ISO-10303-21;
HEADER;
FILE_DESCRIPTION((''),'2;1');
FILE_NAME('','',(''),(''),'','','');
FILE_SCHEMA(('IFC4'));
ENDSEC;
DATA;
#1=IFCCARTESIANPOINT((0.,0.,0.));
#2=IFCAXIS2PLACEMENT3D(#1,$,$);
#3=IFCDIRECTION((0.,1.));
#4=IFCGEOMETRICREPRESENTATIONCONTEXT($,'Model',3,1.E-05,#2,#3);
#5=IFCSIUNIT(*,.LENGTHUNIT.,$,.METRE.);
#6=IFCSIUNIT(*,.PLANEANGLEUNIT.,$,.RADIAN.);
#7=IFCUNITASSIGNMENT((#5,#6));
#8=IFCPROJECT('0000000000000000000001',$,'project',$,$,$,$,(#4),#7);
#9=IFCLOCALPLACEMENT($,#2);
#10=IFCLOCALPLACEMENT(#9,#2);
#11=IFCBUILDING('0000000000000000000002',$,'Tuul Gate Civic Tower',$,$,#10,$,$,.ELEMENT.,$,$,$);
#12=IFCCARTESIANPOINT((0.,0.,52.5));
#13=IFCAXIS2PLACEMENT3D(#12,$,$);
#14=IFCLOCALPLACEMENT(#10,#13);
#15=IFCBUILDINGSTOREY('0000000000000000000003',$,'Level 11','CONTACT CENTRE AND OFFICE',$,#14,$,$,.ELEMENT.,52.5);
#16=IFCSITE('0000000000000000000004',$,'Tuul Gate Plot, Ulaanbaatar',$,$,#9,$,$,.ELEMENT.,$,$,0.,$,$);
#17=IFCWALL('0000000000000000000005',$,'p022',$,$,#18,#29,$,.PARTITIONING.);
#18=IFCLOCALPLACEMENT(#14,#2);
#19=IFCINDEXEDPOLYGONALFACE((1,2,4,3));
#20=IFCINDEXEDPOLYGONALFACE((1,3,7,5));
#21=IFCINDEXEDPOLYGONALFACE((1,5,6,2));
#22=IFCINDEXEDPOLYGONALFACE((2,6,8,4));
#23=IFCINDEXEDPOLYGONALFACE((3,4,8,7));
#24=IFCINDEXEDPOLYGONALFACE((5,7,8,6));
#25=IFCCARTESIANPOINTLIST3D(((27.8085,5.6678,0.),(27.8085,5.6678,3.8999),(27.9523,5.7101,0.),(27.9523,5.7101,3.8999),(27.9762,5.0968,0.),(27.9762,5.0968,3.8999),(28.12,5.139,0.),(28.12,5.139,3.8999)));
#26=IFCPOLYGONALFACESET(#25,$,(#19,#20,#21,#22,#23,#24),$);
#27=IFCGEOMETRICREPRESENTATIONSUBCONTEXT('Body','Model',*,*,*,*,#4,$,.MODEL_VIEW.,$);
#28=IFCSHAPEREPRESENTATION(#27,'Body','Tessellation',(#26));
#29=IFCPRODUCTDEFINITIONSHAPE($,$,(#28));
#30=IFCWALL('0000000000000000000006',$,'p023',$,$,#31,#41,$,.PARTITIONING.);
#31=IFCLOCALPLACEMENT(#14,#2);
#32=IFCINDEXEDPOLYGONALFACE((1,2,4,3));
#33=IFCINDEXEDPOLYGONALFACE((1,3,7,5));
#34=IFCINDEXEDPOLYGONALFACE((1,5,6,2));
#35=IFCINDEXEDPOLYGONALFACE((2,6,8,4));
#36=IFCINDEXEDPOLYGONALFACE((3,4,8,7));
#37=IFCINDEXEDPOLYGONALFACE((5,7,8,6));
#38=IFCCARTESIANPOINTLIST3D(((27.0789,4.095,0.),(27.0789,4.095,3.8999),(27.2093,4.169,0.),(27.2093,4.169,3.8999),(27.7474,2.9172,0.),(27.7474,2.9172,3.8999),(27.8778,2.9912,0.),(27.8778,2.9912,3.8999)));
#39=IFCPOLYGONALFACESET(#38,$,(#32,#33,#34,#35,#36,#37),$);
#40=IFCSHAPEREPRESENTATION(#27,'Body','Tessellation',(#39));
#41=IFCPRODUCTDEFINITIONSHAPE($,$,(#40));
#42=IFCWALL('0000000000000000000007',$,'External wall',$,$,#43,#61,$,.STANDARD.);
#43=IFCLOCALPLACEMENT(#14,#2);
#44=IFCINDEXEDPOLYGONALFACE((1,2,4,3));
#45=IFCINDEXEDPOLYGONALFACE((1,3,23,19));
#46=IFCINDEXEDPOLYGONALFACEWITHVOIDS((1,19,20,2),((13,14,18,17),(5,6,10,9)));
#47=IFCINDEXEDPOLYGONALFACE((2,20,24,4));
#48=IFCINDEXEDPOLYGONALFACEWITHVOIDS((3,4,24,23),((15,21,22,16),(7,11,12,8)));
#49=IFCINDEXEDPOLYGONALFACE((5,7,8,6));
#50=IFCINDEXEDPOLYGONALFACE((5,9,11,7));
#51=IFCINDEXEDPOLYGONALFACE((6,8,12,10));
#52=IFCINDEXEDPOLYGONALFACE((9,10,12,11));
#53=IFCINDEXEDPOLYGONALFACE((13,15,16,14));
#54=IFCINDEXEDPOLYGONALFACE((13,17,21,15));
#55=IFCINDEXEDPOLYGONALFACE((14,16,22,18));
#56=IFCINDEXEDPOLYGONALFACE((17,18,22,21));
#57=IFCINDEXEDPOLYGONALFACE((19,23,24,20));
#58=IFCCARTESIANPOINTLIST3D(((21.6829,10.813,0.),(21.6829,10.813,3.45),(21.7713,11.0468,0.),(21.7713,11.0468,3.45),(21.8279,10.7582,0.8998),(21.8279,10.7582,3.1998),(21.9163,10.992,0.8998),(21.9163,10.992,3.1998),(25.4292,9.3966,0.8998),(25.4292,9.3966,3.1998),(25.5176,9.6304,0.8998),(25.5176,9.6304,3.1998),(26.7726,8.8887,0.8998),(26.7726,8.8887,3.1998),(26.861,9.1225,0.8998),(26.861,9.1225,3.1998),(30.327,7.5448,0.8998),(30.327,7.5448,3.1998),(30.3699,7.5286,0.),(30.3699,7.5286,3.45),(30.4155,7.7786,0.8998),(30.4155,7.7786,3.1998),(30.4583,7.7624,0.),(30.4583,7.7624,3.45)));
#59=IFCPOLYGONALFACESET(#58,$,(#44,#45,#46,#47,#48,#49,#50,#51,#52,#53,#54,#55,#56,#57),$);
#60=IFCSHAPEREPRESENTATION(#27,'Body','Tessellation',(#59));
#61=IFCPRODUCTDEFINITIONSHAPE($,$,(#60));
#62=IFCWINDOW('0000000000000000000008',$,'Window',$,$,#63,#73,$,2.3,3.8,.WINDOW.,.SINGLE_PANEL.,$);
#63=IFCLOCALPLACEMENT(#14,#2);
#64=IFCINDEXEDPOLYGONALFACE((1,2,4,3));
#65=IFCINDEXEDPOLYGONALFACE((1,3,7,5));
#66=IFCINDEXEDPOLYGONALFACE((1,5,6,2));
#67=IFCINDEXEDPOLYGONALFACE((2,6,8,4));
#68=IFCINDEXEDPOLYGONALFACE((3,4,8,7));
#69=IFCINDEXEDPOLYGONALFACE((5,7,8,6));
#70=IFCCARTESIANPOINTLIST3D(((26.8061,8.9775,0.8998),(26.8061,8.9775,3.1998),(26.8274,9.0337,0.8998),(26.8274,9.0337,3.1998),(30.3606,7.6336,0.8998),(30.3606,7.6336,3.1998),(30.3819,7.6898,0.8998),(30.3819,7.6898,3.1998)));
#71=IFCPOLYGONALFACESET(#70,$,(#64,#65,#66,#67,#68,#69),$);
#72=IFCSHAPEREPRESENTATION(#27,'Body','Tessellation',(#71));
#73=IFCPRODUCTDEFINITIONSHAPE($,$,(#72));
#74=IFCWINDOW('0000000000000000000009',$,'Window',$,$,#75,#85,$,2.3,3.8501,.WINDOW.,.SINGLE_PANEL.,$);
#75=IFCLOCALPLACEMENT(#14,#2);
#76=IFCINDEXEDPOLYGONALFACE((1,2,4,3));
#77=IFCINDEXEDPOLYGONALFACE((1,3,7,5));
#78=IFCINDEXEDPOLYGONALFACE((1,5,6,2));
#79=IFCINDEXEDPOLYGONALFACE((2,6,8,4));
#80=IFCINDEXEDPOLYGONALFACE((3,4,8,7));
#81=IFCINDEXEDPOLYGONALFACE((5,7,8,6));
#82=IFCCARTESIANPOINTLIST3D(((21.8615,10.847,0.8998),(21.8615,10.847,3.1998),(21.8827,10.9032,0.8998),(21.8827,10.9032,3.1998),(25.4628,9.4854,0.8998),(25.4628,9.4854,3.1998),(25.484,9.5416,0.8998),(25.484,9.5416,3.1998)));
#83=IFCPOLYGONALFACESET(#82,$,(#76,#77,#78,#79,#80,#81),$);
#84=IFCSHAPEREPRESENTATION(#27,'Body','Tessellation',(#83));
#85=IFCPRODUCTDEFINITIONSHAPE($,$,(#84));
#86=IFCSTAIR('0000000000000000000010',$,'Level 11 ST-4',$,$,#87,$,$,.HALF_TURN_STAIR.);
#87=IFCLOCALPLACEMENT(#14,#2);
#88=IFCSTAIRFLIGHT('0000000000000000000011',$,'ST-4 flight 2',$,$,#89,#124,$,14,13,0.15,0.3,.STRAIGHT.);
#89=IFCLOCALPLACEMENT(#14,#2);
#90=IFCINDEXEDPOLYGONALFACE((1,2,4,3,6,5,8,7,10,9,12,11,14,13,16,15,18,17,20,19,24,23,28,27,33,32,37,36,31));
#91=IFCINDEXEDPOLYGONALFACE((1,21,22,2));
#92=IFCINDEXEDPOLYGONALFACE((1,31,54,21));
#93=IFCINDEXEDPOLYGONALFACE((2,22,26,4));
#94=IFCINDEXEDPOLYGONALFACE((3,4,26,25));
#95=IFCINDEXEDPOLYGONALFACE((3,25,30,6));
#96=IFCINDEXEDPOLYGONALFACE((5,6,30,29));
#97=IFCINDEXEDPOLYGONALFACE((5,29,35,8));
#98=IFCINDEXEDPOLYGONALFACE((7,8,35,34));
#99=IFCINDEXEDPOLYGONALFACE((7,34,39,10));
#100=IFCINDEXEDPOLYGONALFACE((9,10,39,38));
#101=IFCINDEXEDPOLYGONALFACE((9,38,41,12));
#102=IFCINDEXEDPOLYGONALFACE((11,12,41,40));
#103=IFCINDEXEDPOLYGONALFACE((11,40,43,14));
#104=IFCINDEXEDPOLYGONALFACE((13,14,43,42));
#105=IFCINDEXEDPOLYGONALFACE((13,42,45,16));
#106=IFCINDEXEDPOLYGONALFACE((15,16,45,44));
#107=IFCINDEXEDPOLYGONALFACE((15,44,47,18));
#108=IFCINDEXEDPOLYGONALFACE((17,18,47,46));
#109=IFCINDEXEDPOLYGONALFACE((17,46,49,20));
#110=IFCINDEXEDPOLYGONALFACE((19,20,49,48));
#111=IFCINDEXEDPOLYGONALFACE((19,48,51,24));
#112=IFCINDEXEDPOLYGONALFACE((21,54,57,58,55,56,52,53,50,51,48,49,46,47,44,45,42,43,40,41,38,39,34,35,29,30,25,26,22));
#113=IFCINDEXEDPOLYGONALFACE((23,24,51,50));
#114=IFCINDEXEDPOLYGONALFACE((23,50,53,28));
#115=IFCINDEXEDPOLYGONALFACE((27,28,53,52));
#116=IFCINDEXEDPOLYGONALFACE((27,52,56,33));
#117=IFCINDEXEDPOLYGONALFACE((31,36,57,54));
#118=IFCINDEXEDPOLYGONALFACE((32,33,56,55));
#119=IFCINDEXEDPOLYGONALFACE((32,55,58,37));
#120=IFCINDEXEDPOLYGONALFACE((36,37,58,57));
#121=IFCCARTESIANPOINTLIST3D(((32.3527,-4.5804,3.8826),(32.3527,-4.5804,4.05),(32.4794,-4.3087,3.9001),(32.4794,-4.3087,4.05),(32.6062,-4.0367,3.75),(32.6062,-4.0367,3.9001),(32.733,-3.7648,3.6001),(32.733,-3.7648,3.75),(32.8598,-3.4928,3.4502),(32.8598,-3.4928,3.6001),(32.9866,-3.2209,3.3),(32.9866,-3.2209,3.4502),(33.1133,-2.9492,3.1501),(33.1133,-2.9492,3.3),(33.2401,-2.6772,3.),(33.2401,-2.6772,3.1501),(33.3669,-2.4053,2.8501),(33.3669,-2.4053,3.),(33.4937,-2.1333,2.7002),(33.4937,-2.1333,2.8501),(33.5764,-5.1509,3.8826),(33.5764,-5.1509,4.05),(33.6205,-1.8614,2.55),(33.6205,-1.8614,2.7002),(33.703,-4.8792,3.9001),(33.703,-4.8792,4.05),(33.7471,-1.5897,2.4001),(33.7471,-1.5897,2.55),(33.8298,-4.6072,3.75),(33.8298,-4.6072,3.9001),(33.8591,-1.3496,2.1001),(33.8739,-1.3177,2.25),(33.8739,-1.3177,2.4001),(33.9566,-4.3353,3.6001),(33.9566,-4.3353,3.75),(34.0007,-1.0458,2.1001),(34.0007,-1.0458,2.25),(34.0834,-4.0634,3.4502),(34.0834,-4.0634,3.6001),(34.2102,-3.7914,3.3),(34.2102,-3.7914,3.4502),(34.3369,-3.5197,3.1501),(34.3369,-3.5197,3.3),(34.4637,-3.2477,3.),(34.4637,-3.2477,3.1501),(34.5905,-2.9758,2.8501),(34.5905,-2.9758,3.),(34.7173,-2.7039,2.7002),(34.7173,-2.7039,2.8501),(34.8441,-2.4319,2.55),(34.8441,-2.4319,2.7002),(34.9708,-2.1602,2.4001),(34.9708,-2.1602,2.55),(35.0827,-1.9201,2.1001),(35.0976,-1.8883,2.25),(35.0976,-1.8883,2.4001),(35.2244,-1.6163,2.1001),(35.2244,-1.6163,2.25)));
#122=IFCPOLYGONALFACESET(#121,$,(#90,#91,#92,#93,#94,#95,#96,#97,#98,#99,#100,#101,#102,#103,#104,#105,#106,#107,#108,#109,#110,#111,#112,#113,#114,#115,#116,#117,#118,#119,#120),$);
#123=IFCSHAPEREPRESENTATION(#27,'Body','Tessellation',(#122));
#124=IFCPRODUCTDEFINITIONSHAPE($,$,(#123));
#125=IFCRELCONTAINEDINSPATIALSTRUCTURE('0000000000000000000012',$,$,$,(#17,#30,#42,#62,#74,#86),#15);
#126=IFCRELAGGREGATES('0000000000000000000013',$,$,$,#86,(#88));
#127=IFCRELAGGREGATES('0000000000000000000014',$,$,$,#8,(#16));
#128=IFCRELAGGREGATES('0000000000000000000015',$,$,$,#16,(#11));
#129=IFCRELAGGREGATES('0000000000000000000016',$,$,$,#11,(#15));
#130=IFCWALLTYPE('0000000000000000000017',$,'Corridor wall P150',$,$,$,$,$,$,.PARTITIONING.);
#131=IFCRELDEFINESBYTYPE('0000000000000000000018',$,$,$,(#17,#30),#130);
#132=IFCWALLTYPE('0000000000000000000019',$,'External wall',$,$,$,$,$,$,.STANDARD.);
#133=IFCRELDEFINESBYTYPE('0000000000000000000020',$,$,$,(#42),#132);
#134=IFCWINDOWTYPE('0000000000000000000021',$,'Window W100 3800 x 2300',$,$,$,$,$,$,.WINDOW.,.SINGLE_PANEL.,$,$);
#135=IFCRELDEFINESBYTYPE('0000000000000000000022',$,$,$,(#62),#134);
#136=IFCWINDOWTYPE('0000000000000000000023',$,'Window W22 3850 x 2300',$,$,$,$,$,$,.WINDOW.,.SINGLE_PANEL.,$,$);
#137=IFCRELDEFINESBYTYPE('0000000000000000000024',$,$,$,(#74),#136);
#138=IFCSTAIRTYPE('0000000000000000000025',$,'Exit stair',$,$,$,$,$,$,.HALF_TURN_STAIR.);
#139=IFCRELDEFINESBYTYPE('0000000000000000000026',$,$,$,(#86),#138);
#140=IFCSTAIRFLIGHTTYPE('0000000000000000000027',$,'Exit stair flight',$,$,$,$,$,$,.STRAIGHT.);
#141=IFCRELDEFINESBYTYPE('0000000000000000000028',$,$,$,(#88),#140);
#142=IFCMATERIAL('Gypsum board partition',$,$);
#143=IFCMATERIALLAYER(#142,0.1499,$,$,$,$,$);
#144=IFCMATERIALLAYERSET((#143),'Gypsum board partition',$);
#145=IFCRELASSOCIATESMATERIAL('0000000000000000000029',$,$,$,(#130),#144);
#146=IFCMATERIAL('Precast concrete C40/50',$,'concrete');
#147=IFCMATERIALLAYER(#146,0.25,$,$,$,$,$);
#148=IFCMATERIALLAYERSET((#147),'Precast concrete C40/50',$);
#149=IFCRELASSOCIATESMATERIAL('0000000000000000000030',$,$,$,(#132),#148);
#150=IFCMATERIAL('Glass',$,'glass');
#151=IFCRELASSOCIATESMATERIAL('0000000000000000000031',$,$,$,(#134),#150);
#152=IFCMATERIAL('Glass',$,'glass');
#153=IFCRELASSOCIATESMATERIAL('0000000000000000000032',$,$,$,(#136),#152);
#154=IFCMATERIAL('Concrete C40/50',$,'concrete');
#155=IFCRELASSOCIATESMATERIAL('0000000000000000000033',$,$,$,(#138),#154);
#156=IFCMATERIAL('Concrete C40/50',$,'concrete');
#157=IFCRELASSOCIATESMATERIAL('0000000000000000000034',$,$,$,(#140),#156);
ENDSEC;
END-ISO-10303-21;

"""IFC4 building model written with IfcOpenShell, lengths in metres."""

from ifc_helpers import new_model, si_unit, direction, frame, frame_2d, origin, place, context, subcontext, project, spatial, polyline, rectangle, outline, extrude, material, layer, layer_set, type_object, element, fill, aggregate, save


model = new_model("IFC4")

# Units and contexts
model_context = context("Model", 3, precision=1e-05, world=origin(), true_north=direction((0.0, 1.0)))
body_context = subcontext(model_context, "Body", "Model", "MODEL_VIEW")
ifc_project = project(units=[si_unit("LENGTHUNIT", "METRE"), si_unit("PLANEANGLEUNIT", "RADIAN")], contexts=[model_context])

# Site, building, storey
site_placement = place(None, origin())
site = spatial("IfcSite", under=ifc_project, at=site_placement, Name="Tuul Gate Plot, Ulaanbaatar", CompositionType="ELEMENT", RefElevation=0.0)
building_placement = place(site_placement, origin())
building = spatial("IfcBuilding", under=site, at=building_placement, Name="Tuul Gate Civic Tower", CompositionType="ELEMENT")
storey_placement = place(building_placement, frame((0.0, 0.0, 52.5)))
storey = spatial("IfcBuildingStorey", under=building, at=storey_placement, Name="Level 11", Description="CONTACT CENTRE AND OFFICE", CompositionType="ELEMENT", Elevation=52.5)

# Walls
ifc_material_1 = material(Name="Gypsum board partition")
ifc_layer_1 = layer(ifc_material_1, 0.1499)
ifc_layer_set_1 = layer_set([ifc_layer_1], Name="Gypsum board partition")
wall_type_1 = type_object("IfcWallType", Name="Corridor wall P150", PredefinedType="PARTITIONING", material=ifc_layer_set_1)
wall_1_placement = place(storey_placement, frame((27.8804, 5.689, 0.0), z_axis=(0.0, 0.0, 1.0), x_axis=(0.281811, -0.95947, 0.0)))
element("IfcWall", 1, at=wall_1_placement, inside=storey, type_object=wall_type_1, Name="p022", PredefinedType="PARTITIONING", context=body_context, shape_type="SweptSolid", body=[
    extrude(rectangle(XDim=0.5952, YDim=0.1499, at=frame_2d((0.2976, 0.0))), origin(), (0.0, 0.0, 1.0), 3.8999),
])
wall_2_placement = place(storey_placement, frame((27.144, 4.1321, 0.0), z_axis=(0.0, 0.0, 1.0), x_axis=(0.493613, -0.869682, 0.0)))
element("IfcWall", 2, at=wall_2_placement, inside=storey, type_object=wall_type_1, Name="p023", PredefinedType="PARTITIONING", context=body_context, shape_type="SweptSolid", body=[
    extrude(rectangle(XDim=1.3542, YDim=0.1499, at=frame_2d((0.6772, 0.0))), origin(), (0.0, 0.0, 1.0), 3.8999),
])

# Wall, openings, windows
ifc_material_2 = material(Name="Precast concrete C40/50", Category="concrete")
ifc_layer_2 = layer(ifc_material_2, 0.25)
ifc_layer_set_2 = layer_set([ifc_layer_2], Name="Precast concrete C40/50")
wall_type_2 = type_object("IfcWallType", Name="External wall", PredefinedType="STANDARD", material=ifc_layer_set_2)
wall_3_placement = place(storey_placement, frame((30.4141, 7.6455, 0.0), z_axis=(0.0, 0.0, 1.0), x_axis=(-0.935377, 0.353652, 0.0)))
wall_3 = element("IfcWall", 3, at=wall_3_placement, inside=storey, type_object=wall_type_2, Name="External wall", PredefinedType="STANDARD", context=body_context, shape_type="SweptSolid", body=[
    extrude(rectangle(XDim=9.2871, YDim=0.25, at=frame_2d((4.6436, 0.0))), origin(), (0.0, 0.0, 1.0), 3.45),
])
opening_1_placement = place(wall_3_placement, frame((0.0459, 0.0, 0.8999)))
opening_1 = element("IfcOpeningElement", 4, at=opening_1_placement, cuts=wall_3, PredefinedType="OPENING", context=body_context, shape_type="SweptSolid", body=[
    extrude(rectangle(XDim=3.8, YDim=2.3, at=frame_2d((1.8999, 1.1499))), frame((0.0, 0.135, 0.0), z_axis=(0.0, -1.0, 0.0), x_axis=(1.0, 0.0, 0.0)), (0.0, 0.0, 1.0), 0.27),
])
opening_2_placement = place(wall_3_placement, frame((5.282, 0.0, 0.8999)))
opening_2 = element("IfcOpeningElement", 5, at=opening_2_placement, cuts=wall_3, PredefinedType="OPENING", context=body_context, shape_type="SweptSolid", body=[
    extrude(rectangle(XDim=3.8501, YDim=2.3, at=frame_2d((1.925, 1.1499))), frame((0.0, 0.135, 0.0), z_axis=(0.0, -1.0, 0.0), x_axis=(1.0, 0.0, 0.0)), (0.0, 0.0, 1.0), 0.27),
])
ifc_material_3 = material(Name="Glass", Category="glass")
window_type_1 = type_object("IfcWindowType", Name="Window W100 3800 x 2300", PartitioningType="SINGLE_PANEL", PredefinedType="WINDOW", material=ifc_material_3)
window_1_placement = place(opening_1_placement, origin())
window_1 = element("IfcWindow", 6, at=window_1_placement, inside=storey, type_object=window_type_1, Name="Window", OverallHeight=2.3, OverallWidth=3.8, PartitioningType="SINGLE_PANEL", PredefinedType="WINDOW", context=body_context, shape_type="SweptSolid", body=[
    extrude(rectangle(XDim=3.8, YDim=2.3, at=frame_2d((1.8999, 1.1499))), frame((0.0, 0.03, 0.0), z_axis=(0.0, -1.0, 0.0), x_axis=(1.0, 0.0, 0.0)), (0.0, 0.0, 1.0), 0.0601),
])
fill(opening_1, window_1)
ifc_material_4 = material(Name="Glass", Category="glass")
window_type_2 = type_object("IfcWindowType", Name="Window W22 3850 x 2300", PartitioningType="SINGLE_PANEL", PredefinedType="WINDOW", material=ifc_material_4)
window_2_placement = place(opening_2_placement, origin())
window_2 = element("IfcWindow", 7, at=window_2_placement, inside=storey, type_object=window_type_2, Name="Window", OverallHeight=2.3, OverallWidth=3.8501, PartitioningType="SINGLE_PANEL", PredefinedType="WINDOW", context=body_context, shape_type="SweptSolid", body=[
    extrude(rectangle(XDim=3.8501, YDim=2.3, at=frame_2d((1.925, 1.1499))), frame((0.0, 0.03, 0.0), z_axis=(0.0, -1.0, 0.0), x_axis=(1.0, 0.0, 0.0)), (0.0, 0.0, 1.0), 0.0601),
])
fill(opening_2, window_2)

# Stair, stair flight
ifc_material_5 = material(Name="Concrete C40/50", Category="concrete")
stair_type = type_object("IfcStairType", Name="Exit stair", PredefinedType="HALF_TURN_STAIR", material=ifc_material_5)
stair_placement = place(storey_placement, origin())
stair = element("IfcStair", 8, at=stair_placement, inside=storey, type_object=stair_type, Name="Level 11 ST-4", PredefinedType="HALF_TURN_STAIR")
ifc_material_6 = material(Name="Concrete C40/50", Category="concrete")
stair_flight_type = type_object("IfcStairFlightType", Name="Exit stair flight", PredefinedType="STRAIGHT", material=ifc_material_6)
stair_flight_placement = place(storey_placement, frame((34.6125, -1.3311, 2.1001), z_axis=(0.0, 0.0, 1.0), x_axis=(-0.422576, -0.906327, 0.0)))
stair_flight = element("IfcStairFlight", 9, at=stair_flight_placement, type_object=stair_flight_type, Name="ST-4 flight 2", NumberOfRisers=14, NumberOfTreads=13, PredefinedType="STRAIGHT", RiserHeight=0.15, TreadLength=0.3, context=body_context, shape_type="SweptSolid", body=[
    extrude(outline(polyline([(0.0, 0.0), (0.0, 0.1499), (0.3, 0.1499), (0.3, 0.3), (0.6001, 0.3), (0.6001, 0.45), (0.8999, 0.45), (0.8999, 0.6001), (1.2, 0.6001), (1.2, 0.75), (1.5, 0.75), (1.5, 0.8999), (1.8, 0.8999), (1.8, 1.05), (2.1001, 1.05), (2.1001, 1.2), (2.3999, 1.2), (2.3999, 1.3501), (2.7, 1.3501), (2.7, 1.5), (3.0, 1.5), (3.0, 1.6499), (3.3, 1.6499), (3.3, 1.8), (3.6001, 1.8), (3.6001, 1.95), (3.8999, 1.95), (3.8999, 2.1001), (3.8999, 1.7825), (0.3352, 0.0), (0.0, 0.0)])), frame((0.0, 0.675, 0.0), z_axis=(0.0, -1.0, 0.0), x_axis=(1.0, 0.0, 0.0)), (0.0, 0.0, 1.0), 1.3501),
])
aggregate(stair, [stair_flight])

save(model, "model.ifc")
